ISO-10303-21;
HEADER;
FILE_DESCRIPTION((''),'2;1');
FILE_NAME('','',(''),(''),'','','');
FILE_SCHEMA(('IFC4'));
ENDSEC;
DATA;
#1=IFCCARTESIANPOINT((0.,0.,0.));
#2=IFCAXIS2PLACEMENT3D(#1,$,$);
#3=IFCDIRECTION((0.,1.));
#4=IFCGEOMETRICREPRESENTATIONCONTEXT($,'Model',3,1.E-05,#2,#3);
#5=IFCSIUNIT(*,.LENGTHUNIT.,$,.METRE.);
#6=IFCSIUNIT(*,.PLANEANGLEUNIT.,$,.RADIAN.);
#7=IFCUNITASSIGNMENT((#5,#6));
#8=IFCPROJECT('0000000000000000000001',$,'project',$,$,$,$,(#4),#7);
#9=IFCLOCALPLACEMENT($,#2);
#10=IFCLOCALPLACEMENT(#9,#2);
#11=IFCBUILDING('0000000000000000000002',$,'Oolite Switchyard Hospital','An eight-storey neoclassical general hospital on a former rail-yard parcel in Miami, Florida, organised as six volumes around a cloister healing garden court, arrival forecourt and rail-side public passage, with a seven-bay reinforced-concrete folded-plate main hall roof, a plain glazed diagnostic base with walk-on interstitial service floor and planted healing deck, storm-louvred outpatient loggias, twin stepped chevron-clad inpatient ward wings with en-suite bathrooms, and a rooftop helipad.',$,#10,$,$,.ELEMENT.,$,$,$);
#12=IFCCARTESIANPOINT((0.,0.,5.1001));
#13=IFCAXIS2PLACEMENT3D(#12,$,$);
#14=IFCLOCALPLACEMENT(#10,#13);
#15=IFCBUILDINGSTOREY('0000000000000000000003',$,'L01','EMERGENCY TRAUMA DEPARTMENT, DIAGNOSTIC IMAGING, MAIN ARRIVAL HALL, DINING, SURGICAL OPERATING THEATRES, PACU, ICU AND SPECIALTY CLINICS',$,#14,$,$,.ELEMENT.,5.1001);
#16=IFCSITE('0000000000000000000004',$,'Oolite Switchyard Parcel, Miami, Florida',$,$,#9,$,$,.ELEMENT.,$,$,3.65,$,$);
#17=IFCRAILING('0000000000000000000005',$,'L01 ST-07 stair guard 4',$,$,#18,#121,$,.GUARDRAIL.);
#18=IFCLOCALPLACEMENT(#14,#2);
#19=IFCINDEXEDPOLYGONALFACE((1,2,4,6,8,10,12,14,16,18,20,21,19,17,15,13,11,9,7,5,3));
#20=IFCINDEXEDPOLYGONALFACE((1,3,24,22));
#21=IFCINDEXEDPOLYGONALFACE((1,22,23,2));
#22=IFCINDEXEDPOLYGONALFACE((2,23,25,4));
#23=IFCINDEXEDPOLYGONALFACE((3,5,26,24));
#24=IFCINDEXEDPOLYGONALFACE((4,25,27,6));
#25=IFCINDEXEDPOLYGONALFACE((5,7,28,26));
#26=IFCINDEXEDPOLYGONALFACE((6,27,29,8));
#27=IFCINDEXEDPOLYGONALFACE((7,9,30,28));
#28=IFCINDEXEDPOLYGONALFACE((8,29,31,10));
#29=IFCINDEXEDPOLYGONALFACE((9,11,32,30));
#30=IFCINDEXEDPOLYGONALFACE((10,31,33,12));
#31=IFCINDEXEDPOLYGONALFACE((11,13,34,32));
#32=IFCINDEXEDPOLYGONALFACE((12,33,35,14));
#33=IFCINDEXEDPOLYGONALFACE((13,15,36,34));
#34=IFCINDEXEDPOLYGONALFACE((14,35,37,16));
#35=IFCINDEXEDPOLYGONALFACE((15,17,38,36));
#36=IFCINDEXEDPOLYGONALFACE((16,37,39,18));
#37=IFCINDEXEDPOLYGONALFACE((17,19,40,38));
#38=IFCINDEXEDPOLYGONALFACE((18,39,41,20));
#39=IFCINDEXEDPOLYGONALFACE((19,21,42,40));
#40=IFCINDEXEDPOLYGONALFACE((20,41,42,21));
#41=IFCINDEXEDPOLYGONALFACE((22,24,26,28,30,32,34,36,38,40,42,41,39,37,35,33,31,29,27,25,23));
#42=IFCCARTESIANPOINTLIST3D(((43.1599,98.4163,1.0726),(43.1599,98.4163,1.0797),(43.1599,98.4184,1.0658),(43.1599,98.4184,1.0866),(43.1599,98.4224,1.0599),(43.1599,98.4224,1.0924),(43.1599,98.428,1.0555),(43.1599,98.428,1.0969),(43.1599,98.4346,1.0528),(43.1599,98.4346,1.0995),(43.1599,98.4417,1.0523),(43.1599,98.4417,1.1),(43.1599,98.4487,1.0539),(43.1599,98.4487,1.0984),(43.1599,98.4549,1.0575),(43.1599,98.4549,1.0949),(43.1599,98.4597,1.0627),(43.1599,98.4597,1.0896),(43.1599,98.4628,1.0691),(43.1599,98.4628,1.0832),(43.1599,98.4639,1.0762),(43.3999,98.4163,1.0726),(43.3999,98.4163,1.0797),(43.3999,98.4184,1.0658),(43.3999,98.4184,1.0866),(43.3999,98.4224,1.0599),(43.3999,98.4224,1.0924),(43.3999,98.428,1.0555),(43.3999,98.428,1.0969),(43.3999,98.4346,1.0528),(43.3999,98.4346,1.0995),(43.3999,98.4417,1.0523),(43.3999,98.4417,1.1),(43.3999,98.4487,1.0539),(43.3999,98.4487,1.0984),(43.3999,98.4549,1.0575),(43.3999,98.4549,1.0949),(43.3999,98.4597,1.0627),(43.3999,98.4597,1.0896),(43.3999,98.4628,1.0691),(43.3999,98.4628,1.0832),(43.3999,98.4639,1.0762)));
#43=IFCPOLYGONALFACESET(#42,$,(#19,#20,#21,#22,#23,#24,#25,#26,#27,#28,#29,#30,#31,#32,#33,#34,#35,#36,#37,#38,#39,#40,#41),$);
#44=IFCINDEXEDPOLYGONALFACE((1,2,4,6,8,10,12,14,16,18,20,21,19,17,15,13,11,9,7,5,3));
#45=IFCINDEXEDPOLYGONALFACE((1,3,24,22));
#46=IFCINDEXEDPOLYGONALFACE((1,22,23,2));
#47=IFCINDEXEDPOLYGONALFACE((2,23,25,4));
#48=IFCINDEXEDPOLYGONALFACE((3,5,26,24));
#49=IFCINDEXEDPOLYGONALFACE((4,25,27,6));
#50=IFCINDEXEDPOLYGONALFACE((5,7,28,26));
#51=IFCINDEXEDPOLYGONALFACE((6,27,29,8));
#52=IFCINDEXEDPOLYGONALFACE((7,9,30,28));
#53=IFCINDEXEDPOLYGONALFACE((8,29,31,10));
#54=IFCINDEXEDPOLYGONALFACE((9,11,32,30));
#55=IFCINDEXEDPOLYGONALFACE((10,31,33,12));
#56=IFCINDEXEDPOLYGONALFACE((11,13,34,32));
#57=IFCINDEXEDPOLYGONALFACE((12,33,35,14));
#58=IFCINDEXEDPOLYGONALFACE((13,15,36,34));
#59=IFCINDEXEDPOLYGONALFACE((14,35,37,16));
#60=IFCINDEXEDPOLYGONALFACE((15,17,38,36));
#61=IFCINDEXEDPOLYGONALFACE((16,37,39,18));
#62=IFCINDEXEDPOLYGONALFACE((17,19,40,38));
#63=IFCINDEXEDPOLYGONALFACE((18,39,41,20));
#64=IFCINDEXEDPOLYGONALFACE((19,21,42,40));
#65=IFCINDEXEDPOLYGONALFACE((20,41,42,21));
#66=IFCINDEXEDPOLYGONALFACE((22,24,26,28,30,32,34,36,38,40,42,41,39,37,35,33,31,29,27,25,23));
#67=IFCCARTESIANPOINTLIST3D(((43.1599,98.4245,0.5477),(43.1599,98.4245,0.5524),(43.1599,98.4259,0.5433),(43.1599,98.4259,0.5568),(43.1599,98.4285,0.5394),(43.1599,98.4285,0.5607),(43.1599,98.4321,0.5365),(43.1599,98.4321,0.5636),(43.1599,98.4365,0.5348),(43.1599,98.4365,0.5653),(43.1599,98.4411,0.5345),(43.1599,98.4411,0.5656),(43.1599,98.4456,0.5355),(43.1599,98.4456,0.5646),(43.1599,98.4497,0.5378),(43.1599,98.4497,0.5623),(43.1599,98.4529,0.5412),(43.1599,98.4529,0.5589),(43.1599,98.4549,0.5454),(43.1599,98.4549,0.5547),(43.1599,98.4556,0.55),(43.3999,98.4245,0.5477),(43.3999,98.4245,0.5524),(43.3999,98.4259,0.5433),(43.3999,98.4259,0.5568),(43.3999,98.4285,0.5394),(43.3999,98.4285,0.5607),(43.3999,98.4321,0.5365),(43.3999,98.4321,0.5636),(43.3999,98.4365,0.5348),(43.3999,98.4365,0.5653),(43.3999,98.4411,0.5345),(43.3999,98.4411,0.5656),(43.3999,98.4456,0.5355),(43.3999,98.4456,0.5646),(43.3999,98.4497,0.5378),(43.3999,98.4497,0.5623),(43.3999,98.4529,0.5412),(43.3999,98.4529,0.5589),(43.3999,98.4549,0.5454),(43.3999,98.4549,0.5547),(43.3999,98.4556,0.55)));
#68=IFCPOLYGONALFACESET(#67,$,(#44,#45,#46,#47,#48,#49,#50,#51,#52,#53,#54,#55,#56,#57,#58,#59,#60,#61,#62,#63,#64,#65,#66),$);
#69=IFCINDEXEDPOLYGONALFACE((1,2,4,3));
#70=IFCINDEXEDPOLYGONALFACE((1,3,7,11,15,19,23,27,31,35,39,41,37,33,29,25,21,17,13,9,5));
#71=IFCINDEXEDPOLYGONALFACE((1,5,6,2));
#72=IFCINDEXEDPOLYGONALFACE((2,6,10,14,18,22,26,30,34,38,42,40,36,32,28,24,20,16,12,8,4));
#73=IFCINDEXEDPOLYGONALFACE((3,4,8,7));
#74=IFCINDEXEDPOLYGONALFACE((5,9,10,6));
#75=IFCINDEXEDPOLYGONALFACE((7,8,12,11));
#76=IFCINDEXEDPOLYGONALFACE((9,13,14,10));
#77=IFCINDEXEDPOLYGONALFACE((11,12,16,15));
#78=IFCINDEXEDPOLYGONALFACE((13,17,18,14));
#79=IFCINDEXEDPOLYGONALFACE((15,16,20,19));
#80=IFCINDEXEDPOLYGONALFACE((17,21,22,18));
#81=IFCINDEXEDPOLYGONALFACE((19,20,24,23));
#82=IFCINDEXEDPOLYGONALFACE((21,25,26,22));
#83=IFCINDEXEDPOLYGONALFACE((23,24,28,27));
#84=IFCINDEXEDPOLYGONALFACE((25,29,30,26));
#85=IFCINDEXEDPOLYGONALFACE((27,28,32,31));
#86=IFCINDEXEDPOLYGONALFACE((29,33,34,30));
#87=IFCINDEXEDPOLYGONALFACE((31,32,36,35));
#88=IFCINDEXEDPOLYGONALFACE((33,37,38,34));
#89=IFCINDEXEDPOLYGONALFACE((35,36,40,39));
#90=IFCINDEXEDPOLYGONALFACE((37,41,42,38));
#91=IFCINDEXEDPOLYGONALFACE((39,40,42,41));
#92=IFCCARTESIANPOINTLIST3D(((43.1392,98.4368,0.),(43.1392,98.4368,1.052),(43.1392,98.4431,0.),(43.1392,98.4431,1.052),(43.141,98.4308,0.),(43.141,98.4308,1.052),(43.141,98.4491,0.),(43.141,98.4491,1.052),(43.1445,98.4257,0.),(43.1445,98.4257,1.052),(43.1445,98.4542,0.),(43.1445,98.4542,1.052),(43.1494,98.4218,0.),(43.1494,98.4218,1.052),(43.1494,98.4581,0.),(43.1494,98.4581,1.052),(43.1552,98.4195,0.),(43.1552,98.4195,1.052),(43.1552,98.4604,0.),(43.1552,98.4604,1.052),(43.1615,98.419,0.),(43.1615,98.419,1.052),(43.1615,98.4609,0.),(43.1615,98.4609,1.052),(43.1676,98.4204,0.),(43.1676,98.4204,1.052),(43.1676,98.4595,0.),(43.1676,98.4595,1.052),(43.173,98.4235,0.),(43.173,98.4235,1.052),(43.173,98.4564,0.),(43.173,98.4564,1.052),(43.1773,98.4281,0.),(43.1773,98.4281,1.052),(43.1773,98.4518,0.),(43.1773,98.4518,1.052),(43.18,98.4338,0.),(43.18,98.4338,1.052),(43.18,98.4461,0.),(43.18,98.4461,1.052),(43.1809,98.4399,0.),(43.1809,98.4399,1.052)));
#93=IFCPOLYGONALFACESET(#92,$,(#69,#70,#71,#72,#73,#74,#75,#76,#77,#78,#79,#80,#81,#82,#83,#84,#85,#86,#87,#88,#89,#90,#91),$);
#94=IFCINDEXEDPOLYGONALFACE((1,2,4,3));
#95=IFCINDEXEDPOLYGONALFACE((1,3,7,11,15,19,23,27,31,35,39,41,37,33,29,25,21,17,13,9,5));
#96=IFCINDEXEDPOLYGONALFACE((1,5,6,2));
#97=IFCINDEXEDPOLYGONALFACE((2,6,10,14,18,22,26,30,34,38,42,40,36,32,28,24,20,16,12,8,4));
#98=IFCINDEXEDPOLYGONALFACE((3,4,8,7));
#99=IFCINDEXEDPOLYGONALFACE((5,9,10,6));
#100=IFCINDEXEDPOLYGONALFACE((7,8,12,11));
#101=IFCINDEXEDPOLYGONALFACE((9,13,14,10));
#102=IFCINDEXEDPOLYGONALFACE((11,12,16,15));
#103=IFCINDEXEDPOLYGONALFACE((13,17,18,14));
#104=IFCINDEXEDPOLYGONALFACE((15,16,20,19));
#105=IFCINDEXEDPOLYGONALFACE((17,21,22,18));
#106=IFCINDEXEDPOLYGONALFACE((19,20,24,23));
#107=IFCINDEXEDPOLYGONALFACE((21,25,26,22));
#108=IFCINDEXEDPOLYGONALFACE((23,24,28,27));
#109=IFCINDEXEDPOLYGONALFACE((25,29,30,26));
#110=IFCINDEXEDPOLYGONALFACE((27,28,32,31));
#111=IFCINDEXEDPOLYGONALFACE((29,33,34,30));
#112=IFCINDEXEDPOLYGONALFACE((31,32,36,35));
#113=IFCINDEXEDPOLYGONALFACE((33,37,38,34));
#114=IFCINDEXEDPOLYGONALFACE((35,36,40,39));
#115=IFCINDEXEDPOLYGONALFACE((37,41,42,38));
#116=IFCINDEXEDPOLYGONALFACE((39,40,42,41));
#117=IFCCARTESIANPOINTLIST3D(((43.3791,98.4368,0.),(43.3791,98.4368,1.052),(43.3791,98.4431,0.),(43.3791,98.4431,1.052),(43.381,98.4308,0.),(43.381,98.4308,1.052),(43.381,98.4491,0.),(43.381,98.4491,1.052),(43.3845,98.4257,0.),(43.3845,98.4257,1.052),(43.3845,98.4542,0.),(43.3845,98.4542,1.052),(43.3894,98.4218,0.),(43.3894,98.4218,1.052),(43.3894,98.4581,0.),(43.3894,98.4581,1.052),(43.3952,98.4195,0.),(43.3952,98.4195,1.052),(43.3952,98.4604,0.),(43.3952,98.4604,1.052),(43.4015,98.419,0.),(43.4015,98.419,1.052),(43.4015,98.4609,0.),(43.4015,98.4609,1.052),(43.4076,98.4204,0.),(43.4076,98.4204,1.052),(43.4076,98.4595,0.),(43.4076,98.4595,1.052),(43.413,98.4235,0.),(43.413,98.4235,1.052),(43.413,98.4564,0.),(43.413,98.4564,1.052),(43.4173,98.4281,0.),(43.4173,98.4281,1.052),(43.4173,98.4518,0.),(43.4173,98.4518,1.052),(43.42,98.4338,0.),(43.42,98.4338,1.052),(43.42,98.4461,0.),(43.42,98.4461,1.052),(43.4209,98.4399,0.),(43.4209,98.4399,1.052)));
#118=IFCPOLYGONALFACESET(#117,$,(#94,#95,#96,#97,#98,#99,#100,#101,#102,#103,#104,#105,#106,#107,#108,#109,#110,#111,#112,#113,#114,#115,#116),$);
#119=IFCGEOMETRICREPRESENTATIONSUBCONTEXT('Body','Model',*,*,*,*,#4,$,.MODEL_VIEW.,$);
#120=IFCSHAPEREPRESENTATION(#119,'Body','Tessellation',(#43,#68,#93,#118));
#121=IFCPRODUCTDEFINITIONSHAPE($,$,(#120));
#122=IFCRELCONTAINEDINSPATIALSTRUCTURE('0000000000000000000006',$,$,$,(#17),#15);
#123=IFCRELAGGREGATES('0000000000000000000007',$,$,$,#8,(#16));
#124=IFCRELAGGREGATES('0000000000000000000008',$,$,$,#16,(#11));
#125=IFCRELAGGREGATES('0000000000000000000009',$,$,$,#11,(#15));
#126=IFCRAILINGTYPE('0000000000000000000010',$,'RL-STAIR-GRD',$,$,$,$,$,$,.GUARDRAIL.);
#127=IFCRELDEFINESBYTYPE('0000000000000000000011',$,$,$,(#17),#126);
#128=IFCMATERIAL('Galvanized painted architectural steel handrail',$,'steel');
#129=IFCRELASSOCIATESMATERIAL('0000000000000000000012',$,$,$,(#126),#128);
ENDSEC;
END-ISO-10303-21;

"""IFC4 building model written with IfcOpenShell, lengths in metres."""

from ifc_helpers import new_model, si_unit, direction, frame, origin, origin_2d, place, context, subcontext, project, spatial, circle, extrude, material, type_object, element, save


model = new_model("IFC4")

# Units and contexts
model_context = context("Model", 3, precision=1e-05, world=origin(), true_north=direction((0.0, 1.0)))
body_context = subcontext(model_context, "Body", "Model", "MODEL_VIEW")
ifc_project = project(units=[si_unit("LENGTHUNIT", "METRE"), si_unit("PLANEANGLEUNIT", "RADIAN")], contexts=[model_context])

# Site, building, storey
site_placement = place(None, origin())
site = spatial("IfcSite", under=ifc_project, at=site_placement, Name="Oolite Switchyard Parcel, Miami, Florida", CompositionType="ELEMENT", RefElevation=3.65)
building_placement = place(site_placement, origin())
building = spatial("IfcBuilding", under=site, at=building_placement, Name="Oolite Switchyard Hospital", Description="An eight-storey neoclassical general hospital on a former rail-yard parcel in Miami, Florida, organised as six volumes around a cloister healing garden court, arrival forecourt and rail-side public passage, with a seven-bay reinforced-concrete folded-plate main hall roof, a plain glazed diagnostic base with walk-on interstitial service floor and planted healing deck, storm-louvred outpatient loggias, twin stepped chevron-clad inpatient ward wings with en-suite bathrooms, and a rooftop helipad.", CompositionType="ELEMENT")
storey_placement = place(building_placement, frame((0.0, 0.0, 5.1001)))
storey = spatial("IfcBuildingStorey", under=building, at=storey_placement, Name="L01", Description="EMERGENCY TRAUMA DEPARTMENT, DIAGNOSTIC IMAGING, MAIN ARRIVAL HALL, DINING, SURGICAL OPERATING THEATRES, PACU, ICU AND SPECIALTY CLINICS", CompositionType="ELEMENT", Elevation=5.1001)

# Railing
ifc_material_1 = material(Name="Galvanized painted architectural steel handrail", Category="steel")
railing_type_1 = type_object("IfcRailingType", Name="RL-STAIR-GRD", PredefinedType="GUARDRAIL", material=ifc_material_1)
railing_1_placement = place(storey_placement, frame((43.1599, 98.4399, 0.0)))
element("IfcRailing", 1, at=railing_1_placement, inside=storey, type_object=railing_type_1, Name="L01 ST-07 stair guard 4", PredefinedType="GUARDRAIL", context=body_context, shape_type="SweptSolid", body=[
    extrude(circle(Radius=0.0239, at=origin_2d()), frame((0.0, 0.0, 1.0762), z_axis=(1.0, 0.0, 0.0), x_axis=(0.0, 1.0, 0.0)), (0.0, 0.0, 1.0), 0.24),
    extrude(circle(Radius=0.0156, at=origin_2d()), frame((0.0, 0.0, 0.55), z_axis=(1.0, 0.0, 0.0), x_axis=(0.0, 1.0, 0.0)), (0.0, 0.0, 1.0), 0.24),
    extrude(circle(Radius=0.021, at=origin_2d()), origin(), (0.0, 0.0, 1.0), 1.052),
    extrude(circle(Radius=0.021, at=origin_2d()), frame((0.24, 0.0, 0.0)), (0.0, 0.0, 1.0), 1.052),
])

save(model, "model.ifc")
